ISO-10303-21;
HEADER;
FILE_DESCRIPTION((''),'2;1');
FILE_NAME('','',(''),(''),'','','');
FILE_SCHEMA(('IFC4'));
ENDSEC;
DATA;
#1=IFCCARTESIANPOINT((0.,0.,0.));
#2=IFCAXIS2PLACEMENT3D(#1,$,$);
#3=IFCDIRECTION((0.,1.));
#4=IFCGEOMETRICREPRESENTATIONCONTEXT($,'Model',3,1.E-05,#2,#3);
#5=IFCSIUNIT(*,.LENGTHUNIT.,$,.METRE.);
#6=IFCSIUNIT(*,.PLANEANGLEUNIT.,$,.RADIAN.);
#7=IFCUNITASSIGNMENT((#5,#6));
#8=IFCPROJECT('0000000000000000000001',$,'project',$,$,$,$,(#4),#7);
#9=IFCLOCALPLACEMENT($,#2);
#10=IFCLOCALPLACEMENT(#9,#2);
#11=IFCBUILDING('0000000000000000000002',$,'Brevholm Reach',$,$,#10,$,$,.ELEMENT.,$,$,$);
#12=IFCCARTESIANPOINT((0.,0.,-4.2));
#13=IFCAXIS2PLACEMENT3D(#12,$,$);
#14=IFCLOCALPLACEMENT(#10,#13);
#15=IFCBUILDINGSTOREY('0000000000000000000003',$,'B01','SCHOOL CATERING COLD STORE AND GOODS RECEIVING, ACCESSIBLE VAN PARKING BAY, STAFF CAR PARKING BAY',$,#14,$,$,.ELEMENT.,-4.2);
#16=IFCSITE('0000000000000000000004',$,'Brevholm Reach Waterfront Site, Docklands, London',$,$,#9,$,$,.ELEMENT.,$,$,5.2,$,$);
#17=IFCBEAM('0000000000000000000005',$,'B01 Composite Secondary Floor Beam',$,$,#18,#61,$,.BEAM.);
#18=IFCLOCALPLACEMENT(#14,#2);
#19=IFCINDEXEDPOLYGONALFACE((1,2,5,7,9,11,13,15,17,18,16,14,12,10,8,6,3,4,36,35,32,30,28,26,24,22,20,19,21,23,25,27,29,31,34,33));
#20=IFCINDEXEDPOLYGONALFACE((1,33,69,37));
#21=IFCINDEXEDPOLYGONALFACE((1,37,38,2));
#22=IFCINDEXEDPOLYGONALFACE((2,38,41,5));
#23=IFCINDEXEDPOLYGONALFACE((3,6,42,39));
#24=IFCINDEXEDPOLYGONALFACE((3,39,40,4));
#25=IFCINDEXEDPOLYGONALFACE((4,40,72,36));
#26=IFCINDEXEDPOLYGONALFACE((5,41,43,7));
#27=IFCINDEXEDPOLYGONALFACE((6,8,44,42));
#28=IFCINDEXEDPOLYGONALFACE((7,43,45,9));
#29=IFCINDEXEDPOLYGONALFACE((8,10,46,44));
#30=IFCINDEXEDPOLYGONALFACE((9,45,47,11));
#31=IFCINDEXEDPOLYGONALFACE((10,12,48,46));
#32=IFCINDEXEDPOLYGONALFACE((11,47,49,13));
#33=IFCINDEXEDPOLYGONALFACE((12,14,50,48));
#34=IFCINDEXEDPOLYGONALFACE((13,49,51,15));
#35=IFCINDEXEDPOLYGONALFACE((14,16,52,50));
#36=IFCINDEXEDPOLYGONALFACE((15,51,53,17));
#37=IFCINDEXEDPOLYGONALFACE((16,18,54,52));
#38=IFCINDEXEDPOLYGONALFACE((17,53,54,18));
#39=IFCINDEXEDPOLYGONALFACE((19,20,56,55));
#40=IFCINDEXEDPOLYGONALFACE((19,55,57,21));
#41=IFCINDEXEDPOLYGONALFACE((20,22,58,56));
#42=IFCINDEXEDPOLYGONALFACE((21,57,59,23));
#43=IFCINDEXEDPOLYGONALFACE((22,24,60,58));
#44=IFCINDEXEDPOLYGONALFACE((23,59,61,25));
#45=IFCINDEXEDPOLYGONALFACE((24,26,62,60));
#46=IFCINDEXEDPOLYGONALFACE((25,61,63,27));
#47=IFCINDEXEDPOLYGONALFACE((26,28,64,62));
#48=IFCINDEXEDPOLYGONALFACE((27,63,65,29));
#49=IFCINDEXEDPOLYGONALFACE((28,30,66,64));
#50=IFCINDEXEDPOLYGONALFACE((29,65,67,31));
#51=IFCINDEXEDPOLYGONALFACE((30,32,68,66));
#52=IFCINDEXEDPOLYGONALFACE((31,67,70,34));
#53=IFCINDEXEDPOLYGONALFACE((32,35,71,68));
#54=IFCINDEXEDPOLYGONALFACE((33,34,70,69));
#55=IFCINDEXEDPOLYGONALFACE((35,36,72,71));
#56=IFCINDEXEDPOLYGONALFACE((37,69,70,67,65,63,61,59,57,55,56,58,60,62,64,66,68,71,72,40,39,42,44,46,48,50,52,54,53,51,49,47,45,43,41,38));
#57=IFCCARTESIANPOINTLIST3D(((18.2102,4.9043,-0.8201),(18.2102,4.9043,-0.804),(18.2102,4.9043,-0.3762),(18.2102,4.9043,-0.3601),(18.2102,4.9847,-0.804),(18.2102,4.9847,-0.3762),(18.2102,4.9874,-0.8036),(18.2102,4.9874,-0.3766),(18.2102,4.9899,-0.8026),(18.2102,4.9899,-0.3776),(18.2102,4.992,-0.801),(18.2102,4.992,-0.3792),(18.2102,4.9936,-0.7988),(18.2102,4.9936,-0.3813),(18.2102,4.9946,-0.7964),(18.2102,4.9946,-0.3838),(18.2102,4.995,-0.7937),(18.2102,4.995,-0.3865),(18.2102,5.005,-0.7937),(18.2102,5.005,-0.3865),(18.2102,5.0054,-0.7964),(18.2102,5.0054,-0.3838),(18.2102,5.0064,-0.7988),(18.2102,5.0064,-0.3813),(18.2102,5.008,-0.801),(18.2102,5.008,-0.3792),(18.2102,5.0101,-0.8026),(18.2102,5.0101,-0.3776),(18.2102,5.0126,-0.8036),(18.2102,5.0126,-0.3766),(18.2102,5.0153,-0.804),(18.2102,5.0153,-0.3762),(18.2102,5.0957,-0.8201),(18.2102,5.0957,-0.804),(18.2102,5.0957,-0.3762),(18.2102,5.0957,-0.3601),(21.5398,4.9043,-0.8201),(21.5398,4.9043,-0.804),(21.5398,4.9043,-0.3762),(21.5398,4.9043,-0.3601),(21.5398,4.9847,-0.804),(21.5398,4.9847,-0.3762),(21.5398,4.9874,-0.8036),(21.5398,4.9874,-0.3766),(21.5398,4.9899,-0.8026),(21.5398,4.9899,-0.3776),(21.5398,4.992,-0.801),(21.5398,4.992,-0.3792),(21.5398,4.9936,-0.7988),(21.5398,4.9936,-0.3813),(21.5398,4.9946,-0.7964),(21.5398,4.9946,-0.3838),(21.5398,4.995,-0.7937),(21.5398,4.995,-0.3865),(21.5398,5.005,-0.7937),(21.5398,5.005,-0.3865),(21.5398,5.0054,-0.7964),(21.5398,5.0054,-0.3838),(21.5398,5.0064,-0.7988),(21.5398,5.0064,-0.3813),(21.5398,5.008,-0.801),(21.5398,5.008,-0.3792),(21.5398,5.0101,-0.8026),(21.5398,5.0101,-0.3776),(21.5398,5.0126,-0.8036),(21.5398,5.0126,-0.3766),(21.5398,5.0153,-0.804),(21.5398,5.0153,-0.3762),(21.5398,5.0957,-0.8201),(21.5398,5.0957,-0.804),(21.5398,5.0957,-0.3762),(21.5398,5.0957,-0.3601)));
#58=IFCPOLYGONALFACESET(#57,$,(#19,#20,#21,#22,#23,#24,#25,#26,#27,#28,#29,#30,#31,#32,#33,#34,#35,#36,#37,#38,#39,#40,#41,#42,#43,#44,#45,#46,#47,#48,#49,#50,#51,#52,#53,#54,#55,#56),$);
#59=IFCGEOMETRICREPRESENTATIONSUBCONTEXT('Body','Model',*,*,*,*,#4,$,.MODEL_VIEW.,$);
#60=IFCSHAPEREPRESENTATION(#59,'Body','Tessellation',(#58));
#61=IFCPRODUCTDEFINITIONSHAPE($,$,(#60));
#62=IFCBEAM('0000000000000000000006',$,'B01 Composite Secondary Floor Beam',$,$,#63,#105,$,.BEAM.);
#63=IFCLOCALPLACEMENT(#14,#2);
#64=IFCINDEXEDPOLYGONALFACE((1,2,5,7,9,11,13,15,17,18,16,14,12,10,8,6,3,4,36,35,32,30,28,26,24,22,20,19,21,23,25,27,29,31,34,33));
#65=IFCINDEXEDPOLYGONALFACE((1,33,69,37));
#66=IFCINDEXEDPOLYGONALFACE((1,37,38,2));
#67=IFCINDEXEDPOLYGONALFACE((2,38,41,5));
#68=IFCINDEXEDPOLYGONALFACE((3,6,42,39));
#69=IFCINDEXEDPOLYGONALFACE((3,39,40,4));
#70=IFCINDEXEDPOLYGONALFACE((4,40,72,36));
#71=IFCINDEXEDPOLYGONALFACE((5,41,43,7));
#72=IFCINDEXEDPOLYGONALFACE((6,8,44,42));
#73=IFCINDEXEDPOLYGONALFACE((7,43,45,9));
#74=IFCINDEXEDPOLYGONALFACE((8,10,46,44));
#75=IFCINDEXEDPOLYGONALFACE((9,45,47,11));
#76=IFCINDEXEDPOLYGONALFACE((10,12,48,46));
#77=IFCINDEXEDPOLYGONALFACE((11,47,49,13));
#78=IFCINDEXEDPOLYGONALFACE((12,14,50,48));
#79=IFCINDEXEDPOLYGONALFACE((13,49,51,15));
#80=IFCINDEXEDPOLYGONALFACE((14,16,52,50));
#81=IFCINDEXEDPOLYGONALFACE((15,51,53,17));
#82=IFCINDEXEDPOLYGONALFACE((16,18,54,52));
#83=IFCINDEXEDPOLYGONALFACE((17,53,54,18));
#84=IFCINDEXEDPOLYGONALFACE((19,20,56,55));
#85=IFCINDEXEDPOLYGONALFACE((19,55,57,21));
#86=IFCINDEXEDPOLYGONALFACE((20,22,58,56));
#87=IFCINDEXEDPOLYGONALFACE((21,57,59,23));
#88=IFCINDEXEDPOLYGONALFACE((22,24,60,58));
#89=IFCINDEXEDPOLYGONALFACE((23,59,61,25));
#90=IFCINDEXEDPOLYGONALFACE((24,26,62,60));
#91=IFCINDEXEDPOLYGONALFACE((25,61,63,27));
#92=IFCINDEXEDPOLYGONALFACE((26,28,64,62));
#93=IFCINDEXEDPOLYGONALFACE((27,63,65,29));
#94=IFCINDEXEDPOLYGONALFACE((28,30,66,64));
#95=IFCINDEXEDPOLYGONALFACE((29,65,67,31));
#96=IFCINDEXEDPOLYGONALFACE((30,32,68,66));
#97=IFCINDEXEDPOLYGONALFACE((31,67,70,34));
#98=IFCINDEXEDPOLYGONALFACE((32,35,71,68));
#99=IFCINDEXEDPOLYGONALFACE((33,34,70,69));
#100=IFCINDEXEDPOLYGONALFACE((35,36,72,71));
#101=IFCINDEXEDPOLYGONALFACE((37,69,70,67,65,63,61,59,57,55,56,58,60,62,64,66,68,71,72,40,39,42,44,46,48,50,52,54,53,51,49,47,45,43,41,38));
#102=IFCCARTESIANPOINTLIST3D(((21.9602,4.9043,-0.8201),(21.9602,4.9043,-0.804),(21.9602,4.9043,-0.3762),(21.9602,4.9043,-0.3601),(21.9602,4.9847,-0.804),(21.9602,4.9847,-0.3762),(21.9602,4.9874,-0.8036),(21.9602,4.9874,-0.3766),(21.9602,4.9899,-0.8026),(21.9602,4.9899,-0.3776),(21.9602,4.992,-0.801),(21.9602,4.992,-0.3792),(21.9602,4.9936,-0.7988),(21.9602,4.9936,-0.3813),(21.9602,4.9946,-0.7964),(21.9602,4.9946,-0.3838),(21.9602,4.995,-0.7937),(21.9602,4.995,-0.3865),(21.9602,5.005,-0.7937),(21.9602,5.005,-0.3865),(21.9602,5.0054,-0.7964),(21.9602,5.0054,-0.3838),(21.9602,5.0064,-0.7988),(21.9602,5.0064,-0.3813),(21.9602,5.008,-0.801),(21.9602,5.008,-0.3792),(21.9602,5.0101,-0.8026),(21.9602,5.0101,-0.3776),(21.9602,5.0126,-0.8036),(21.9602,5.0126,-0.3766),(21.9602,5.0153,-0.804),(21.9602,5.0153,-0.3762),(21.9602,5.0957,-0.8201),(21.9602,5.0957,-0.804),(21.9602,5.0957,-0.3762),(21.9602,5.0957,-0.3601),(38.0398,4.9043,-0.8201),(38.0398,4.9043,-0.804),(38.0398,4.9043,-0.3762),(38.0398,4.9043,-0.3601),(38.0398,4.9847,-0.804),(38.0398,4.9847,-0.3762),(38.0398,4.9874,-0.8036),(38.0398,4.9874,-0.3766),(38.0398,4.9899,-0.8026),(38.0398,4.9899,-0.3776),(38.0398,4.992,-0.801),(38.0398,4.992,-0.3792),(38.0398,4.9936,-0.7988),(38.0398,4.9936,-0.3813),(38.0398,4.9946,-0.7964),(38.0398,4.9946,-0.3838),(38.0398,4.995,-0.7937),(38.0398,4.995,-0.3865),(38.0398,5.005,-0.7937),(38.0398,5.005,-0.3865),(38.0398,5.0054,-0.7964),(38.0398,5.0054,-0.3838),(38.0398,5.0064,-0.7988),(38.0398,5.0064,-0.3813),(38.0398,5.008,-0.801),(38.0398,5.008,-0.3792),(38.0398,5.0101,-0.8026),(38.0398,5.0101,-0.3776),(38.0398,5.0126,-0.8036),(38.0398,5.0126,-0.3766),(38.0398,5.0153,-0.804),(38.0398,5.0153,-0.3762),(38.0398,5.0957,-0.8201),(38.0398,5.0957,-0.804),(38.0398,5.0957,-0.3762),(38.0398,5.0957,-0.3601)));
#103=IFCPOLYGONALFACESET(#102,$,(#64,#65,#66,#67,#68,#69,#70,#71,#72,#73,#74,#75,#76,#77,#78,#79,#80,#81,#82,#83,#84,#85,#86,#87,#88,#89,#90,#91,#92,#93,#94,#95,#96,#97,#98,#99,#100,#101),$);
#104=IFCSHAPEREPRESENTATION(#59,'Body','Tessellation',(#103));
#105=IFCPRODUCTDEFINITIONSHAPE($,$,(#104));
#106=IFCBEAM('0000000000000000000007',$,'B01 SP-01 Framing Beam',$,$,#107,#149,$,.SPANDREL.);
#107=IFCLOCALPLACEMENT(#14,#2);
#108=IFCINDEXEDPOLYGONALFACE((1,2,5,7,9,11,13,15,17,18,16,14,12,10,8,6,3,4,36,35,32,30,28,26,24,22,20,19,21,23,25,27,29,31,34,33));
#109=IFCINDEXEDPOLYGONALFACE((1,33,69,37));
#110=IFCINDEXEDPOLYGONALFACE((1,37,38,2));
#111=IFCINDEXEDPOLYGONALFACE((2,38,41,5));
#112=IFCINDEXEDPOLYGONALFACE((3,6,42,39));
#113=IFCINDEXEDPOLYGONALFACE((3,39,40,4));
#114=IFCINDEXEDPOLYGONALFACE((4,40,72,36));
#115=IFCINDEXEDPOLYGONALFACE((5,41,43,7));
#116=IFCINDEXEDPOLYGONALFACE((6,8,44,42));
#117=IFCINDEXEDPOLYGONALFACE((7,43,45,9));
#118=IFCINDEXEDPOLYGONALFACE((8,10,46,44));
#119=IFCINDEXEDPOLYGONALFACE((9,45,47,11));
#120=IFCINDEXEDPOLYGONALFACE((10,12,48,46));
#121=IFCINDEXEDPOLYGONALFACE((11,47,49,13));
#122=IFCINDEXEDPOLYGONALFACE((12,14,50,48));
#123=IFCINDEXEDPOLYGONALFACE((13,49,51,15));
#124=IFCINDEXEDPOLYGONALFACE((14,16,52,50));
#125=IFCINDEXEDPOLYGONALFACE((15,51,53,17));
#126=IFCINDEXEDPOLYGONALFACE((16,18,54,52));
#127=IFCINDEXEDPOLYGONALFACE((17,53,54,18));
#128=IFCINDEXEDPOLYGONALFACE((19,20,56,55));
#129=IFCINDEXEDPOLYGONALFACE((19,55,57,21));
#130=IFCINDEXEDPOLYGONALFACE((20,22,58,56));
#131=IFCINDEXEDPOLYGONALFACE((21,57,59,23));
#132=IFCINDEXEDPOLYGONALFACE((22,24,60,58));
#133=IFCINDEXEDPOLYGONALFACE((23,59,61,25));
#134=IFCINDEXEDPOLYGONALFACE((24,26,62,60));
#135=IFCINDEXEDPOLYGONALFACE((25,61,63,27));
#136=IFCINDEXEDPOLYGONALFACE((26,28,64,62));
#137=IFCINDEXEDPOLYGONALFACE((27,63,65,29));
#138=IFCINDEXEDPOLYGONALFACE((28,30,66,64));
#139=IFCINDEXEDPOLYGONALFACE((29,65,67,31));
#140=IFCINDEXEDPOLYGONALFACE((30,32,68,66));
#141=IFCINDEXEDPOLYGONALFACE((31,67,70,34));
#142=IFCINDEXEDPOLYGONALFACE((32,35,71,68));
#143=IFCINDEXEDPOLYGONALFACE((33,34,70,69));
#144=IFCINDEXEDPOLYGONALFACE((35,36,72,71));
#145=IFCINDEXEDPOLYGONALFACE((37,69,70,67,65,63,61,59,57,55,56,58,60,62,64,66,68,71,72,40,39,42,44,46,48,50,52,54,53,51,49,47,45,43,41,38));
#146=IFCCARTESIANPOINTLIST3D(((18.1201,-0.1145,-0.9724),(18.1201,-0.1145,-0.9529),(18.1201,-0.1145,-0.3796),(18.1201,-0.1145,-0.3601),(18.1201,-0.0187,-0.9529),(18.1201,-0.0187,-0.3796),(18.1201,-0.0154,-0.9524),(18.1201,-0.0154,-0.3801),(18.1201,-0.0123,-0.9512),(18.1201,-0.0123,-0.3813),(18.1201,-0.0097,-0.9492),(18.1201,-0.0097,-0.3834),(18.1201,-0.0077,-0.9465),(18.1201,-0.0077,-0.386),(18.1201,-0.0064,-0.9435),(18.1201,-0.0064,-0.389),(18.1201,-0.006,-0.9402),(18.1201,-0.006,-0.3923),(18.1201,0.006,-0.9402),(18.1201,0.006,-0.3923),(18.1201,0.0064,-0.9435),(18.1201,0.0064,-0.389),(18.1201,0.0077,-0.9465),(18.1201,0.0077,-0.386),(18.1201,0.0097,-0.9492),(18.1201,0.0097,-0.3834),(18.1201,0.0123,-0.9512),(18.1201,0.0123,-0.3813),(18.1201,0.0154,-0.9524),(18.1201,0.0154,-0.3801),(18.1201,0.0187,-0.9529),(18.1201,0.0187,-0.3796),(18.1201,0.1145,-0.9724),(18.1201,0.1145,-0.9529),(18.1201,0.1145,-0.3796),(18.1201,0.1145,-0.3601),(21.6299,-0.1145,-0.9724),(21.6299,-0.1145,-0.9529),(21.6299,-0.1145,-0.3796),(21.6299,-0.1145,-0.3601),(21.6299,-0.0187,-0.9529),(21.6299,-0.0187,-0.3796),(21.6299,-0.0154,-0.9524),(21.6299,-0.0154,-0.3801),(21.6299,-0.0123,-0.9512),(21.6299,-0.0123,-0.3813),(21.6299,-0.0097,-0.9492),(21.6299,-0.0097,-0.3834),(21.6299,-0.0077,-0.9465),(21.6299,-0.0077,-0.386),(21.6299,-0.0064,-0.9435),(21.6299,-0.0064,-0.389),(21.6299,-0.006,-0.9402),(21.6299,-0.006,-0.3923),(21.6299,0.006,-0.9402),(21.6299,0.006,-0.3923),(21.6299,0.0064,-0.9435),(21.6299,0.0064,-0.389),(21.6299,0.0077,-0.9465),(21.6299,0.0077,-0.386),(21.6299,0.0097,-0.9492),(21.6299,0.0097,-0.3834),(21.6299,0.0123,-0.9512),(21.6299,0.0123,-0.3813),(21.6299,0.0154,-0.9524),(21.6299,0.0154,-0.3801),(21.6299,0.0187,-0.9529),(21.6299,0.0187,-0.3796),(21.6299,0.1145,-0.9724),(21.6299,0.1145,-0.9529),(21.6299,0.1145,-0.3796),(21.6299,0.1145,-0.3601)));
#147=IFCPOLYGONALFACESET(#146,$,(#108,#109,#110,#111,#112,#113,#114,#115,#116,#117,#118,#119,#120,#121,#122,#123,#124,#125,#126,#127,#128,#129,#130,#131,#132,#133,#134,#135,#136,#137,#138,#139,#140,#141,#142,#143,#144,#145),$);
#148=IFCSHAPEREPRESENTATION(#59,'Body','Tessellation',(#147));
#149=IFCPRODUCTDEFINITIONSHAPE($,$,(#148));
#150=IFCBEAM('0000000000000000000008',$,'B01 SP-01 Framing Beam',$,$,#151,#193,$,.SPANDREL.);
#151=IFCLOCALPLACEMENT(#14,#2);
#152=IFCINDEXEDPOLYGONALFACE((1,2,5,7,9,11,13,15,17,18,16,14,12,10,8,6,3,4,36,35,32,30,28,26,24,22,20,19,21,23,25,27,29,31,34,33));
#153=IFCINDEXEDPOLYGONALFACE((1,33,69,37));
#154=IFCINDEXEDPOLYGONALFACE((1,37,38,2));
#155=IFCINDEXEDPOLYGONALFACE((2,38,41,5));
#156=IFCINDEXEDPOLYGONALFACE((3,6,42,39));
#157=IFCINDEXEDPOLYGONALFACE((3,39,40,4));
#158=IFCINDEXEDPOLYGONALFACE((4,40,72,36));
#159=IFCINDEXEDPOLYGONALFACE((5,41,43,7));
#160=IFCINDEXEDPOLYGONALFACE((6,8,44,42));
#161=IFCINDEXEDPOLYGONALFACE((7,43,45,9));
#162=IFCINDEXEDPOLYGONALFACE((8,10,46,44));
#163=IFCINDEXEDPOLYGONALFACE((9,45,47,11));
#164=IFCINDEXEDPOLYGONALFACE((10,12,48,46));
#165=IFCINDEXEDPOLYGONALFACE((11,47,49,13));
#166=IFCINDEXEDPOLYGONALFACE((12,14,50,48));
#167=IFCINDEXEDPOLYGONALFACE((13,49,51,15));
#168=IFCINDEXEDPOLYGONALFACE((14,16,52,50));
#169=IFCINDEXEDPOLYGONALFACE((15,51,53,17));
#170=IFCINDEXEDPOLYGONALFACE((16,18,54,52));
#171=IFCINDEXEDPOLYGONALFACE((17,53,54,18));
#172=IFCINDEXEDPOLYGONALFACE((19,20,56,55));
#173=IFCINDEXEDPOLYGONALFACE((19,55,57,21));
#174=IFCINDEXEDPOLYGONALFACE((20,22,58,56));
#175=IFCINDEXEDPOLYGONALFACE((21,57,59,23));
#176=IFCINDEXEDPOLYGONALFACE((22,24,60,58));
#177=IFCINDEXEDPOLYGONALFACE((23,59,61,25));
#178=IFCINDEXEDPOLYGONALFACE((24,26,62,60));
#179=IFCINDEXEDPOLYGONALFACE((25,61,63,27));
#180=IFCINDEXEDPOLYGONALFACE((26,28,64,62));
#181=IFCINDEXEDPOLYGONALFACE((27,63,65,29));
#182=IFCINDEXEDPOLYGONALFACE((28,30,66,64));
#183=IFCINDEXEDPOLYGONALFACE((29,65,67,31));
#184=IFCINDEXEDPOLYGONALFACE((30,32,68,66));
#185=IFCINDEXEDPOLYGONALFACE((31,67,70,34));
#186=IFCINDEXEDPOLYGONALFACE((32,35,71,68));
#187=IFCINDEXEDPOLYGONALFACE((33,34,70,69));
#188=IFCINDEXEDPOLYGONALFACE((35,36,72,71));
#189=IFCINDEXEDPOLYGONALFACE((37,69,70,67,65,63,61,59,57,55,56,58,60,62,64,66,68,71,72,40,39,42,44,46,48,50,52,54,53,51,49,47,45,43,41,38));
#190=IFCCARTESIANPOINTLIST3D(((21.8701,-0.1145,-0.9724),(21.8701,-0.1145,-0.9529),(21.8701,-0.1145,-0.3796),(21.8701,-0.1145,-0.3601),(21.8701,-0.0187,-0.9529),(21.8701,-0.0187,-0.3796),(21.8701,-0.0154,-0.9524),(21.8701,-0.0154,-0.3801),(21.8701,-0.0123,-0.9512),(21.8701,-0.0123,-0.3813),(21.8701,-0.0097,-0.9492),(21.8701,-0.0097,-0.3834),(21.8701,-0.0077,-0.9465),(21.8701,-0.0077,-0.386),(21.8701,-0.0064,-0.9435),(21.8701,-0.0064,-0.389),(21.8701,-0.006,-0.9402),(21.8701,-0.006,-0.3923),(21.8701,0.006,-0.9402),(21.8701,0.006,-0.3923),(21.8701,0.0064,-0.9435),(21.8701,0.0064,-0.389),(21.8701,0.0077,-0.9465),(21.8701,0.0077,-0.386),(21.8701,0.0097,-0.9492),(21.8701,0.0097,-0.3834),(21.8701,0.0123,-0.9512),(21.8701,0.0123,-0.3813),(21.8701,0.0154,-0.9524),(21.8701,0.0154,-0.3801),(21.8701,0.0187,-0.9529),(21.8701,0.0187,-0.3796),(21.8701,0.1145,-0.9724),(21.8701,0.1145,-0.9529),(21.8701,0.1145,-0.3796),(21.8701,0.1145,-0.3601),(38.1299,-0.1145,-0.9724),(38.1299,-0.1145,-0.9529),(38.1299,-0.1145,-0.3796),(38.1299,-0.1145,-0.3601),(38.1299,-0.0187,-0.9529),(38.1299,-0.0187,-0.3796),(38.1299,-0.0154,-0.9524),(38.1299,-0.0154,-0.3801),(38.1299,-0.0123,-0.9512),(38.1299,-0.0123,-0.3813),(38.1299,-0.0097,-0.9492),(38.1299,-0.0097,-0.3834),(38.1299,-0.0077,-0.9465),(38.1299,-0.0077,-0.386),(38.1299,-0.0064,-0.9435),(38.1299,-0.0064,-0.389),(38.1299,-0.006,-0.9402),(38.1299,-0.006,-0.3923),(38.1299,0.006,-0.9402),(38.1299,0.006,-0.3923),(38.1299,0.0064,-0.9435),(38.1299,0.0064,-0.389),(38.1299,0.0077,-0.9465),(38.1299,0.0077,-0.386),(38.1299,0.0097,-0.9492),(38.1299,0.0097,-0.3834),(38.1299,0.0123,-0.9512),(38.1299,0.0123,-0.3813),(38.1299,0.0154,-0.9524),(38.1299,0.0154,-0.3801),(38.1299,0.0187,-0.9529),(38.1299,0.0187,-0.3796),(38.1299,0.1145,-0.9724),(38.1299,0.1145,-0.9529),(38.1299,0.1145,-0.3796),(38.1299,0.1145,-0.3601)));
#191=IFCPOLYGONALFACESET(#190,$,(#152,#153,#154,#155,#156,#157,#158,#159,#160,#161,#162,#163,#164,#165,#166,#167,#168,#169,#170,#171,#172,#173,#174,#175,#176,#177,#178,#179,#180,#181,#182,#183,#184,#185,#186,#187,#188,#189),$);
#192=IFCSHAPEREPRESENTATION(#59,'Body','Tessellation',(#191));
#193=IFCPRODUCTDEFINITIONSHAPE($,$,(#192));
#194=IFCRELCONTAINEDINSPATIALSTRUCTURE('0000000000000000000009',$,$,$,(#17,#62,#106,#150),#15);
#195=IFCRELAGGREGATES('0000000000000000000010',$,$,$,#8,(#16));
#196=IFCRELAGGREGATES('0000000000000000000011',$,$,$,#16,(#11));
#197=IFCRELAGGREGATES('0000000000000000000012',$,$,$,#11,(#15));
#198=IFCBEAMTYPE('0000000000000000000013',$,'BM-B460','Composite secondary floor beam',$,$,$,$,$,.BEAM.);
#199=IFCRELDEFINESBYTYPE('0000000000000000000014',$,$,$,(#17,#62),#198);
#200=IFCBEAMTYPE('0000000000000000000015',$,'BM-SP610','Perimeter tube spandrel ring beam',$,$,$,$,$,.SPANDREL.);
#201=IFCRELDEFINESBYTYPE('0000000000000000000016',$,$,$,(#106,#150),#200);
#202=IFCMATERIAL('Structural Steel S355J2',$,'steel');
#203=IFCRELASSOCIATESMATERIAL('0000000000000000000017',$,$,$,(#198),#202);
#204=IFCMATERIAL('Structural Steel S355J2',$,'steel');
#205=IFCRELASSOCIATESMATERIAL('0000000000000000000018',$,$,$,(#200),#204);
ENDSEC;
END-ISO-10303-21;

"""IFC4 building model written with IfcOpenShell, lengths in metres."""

from ifc_helpers import new_model, si_unit, direction, frame, origin, origin_2d, place, context, subcontext, project, spatial, i_section, extrude, material, material_profile, profile_set, type_object, element, save


model = new_model("IFC4")

# Units and contexts
model_context = context("Model", 3, precision=1e-05, world=origin(), true_north=direction((0.0, 1.0)))
body_context = subcontext(model_context, "Body", "Model", "MODEL_VIEW")
ifc_project = project(units=[si_unit("LENGTHUNIT", "METRE"), si_unit("PLANEANGLEUNIT", "RADIAN")], contexts=[model_context])

# Site, building, storey
site_placement = place(None, origin())
site = spatial("IfcSite", under=ifc_project, at=site_placement, Name="Brevholm Reach Waterfront Site, Docklands, London", CompositionType="ELEMENT", RefElevation=5.2)
building_placement = place(site_placement, origin())
building = spatial("IfcBuilding", under=site, at=building_placement, Name="Brevholm Reach", CompositionType="ELEMENT")
storey_placement = place(building_placement, frame((0.0, 0.0, -4.2)))
storey = spatial("IfcBuildingStorey", under=building, at=storey_placement, Name="B01", Description="SCHOOL CATERING COLD STORE AND GOODS RECEIVING, ACCESSIBLE VAN PARKING BAY, STAFF CAR PARKING BAY", CompositionType="ELEMENT", Elevation=-4.2)

# Beams
ifc_material_1 = material(Name="Structural Steel S355J2", Category="steel")
ifc_material_profile_1 = material_profile(ifc_material_1, i_section(OverallWidth=0.1914, OverallDepth=0.46, WebThickness=0.01, FlangeThickness=0.0161, FilletRadius=0.0103, at=origin_2d()), Name="UKB 457x191x82")
ifc_profile_set_1 = profile_set([ifc_material_profile_1], Name="Structural Steel S355J2")
beam_type_1 = type_object("IfcBeamType", Name="BM-B460", Description="Composite secondary floor beam", PredefinedType="BEAM", material=ifc_profile_set_1)
beam_1_placement = place(storey_placement, frame((18.2102, 5.0, -0.5901), z_axis=(1.0, 0.0, 0.0), x_axis=(0.0, 1.0, 0.0)))
element("IfcBeam", 1, at=beam_1_placement, inside=storey, type_object=beam_type_1, Name="B01 Composite Secondary Floor Beam", PredefinedType="BEAM", context=body_context, shape_type="SweptSolid", body=[
    extrude(i_section(OverallWidth=0.1914, OverallDepth=0.46, WebThickness=0.01, FlangeThickness=0.0161, FilletRadius=0.0103, at=origin_2d()), origin(), (0.0, 0.0, 1.0), 3.3296),
])
beam_2_placement = place(storey_placement, frame((21.9602, 5.0, -0.5901), z_axis=(1.0, 0.0, 0.0), x_axis=(0.0, 1.0, 0.0)))
element("IfcBeam", 2, at=beam_2_placement, inside=storey, type_object=beam_type_1, Name="B01 Composite Secondary Floor Beam", PredefinedType="BEAM", context=body_context, shape_type="SweptSolid", body=[
    extrude(i_section(OverallWidth=0.1914, OverallDepth=0.46, WebThickness=0.01, FlangeThickness=0.0161, FilletRadius=0.0103, at=origin_2d()), origin(), (0.0, 0.0, 1.0), 16.0796),
])
ifc_material_2 = material(Name="Structural Steel S355J2", Category="steel")
ifc_material_profile_2 = material_profile(ifc_material_2, i_section(OverallWidth=0.229, OverallDepth=0.6123, WebThickness=0.012, FlangeThickness=0.0195, FilletRadius=0.0127, at=origin_2d()), Name="UKB 610x229x125")
ifc_profile_set_2 = profile_set([ifc_material_profile_2], Name="Structural Steel S355J2")
beam_type_2 = type_object("IfcBeamType", Name="BM-SP610", Description="Perimeter tube spandrel ring beam", PredefinedType="SPANDREL", material=ifc_profile_set_2)
beam_3_placement = place(storey_placement, frame((18.1201, 0.0, -0.6663), z_axis=(1.0, 0.0, 0.0), x_axis=(0.0, 1.0, 0.0)))
element("IfcBeam", 3, at=beam_3_placement, inside=storey, type_object=beam_type_2, Name="B01 SP-01 Framing Beam", PredefinedType="SPANDREL", context=body_context, shape_type="SweptSolid", body=[
    extrude(i_section(OverallWidth=0.229, OverallDepth=0.6123, WebThickness=0.012, FlangeThickness=0.0195, FilletRadius=0.0127, at=origin_2d()), origin(), (0.0, 0.0, 1.0), 3.5098),
])
beam_4_placement = place(storey_placement, frame((21.8701, 0.0, -0.6663), z_axis=(1.0, 0.0, 0.0), x_axis=(0.0, 1.0, 0.0)))
element("IfcBeam", 4, at=beam_4_placement, inside=storey, type_object=beam_type_2, Name="B01 SP-01 Framing Beam", PredefinedType="SPANDREL", context=body_context, shape_type="SweptSolid", body=[
    extrude(i_section(OverallWidth=0.229, OverallDepth=0.6123, WebThickness=0.012, FlangeThickness=0.0195, FilletRadius=0.0127, at=origin_2d()), origin(), (0.0, 0.0, 1.0), 16.2598),
])

save(model, "model.ifc")
